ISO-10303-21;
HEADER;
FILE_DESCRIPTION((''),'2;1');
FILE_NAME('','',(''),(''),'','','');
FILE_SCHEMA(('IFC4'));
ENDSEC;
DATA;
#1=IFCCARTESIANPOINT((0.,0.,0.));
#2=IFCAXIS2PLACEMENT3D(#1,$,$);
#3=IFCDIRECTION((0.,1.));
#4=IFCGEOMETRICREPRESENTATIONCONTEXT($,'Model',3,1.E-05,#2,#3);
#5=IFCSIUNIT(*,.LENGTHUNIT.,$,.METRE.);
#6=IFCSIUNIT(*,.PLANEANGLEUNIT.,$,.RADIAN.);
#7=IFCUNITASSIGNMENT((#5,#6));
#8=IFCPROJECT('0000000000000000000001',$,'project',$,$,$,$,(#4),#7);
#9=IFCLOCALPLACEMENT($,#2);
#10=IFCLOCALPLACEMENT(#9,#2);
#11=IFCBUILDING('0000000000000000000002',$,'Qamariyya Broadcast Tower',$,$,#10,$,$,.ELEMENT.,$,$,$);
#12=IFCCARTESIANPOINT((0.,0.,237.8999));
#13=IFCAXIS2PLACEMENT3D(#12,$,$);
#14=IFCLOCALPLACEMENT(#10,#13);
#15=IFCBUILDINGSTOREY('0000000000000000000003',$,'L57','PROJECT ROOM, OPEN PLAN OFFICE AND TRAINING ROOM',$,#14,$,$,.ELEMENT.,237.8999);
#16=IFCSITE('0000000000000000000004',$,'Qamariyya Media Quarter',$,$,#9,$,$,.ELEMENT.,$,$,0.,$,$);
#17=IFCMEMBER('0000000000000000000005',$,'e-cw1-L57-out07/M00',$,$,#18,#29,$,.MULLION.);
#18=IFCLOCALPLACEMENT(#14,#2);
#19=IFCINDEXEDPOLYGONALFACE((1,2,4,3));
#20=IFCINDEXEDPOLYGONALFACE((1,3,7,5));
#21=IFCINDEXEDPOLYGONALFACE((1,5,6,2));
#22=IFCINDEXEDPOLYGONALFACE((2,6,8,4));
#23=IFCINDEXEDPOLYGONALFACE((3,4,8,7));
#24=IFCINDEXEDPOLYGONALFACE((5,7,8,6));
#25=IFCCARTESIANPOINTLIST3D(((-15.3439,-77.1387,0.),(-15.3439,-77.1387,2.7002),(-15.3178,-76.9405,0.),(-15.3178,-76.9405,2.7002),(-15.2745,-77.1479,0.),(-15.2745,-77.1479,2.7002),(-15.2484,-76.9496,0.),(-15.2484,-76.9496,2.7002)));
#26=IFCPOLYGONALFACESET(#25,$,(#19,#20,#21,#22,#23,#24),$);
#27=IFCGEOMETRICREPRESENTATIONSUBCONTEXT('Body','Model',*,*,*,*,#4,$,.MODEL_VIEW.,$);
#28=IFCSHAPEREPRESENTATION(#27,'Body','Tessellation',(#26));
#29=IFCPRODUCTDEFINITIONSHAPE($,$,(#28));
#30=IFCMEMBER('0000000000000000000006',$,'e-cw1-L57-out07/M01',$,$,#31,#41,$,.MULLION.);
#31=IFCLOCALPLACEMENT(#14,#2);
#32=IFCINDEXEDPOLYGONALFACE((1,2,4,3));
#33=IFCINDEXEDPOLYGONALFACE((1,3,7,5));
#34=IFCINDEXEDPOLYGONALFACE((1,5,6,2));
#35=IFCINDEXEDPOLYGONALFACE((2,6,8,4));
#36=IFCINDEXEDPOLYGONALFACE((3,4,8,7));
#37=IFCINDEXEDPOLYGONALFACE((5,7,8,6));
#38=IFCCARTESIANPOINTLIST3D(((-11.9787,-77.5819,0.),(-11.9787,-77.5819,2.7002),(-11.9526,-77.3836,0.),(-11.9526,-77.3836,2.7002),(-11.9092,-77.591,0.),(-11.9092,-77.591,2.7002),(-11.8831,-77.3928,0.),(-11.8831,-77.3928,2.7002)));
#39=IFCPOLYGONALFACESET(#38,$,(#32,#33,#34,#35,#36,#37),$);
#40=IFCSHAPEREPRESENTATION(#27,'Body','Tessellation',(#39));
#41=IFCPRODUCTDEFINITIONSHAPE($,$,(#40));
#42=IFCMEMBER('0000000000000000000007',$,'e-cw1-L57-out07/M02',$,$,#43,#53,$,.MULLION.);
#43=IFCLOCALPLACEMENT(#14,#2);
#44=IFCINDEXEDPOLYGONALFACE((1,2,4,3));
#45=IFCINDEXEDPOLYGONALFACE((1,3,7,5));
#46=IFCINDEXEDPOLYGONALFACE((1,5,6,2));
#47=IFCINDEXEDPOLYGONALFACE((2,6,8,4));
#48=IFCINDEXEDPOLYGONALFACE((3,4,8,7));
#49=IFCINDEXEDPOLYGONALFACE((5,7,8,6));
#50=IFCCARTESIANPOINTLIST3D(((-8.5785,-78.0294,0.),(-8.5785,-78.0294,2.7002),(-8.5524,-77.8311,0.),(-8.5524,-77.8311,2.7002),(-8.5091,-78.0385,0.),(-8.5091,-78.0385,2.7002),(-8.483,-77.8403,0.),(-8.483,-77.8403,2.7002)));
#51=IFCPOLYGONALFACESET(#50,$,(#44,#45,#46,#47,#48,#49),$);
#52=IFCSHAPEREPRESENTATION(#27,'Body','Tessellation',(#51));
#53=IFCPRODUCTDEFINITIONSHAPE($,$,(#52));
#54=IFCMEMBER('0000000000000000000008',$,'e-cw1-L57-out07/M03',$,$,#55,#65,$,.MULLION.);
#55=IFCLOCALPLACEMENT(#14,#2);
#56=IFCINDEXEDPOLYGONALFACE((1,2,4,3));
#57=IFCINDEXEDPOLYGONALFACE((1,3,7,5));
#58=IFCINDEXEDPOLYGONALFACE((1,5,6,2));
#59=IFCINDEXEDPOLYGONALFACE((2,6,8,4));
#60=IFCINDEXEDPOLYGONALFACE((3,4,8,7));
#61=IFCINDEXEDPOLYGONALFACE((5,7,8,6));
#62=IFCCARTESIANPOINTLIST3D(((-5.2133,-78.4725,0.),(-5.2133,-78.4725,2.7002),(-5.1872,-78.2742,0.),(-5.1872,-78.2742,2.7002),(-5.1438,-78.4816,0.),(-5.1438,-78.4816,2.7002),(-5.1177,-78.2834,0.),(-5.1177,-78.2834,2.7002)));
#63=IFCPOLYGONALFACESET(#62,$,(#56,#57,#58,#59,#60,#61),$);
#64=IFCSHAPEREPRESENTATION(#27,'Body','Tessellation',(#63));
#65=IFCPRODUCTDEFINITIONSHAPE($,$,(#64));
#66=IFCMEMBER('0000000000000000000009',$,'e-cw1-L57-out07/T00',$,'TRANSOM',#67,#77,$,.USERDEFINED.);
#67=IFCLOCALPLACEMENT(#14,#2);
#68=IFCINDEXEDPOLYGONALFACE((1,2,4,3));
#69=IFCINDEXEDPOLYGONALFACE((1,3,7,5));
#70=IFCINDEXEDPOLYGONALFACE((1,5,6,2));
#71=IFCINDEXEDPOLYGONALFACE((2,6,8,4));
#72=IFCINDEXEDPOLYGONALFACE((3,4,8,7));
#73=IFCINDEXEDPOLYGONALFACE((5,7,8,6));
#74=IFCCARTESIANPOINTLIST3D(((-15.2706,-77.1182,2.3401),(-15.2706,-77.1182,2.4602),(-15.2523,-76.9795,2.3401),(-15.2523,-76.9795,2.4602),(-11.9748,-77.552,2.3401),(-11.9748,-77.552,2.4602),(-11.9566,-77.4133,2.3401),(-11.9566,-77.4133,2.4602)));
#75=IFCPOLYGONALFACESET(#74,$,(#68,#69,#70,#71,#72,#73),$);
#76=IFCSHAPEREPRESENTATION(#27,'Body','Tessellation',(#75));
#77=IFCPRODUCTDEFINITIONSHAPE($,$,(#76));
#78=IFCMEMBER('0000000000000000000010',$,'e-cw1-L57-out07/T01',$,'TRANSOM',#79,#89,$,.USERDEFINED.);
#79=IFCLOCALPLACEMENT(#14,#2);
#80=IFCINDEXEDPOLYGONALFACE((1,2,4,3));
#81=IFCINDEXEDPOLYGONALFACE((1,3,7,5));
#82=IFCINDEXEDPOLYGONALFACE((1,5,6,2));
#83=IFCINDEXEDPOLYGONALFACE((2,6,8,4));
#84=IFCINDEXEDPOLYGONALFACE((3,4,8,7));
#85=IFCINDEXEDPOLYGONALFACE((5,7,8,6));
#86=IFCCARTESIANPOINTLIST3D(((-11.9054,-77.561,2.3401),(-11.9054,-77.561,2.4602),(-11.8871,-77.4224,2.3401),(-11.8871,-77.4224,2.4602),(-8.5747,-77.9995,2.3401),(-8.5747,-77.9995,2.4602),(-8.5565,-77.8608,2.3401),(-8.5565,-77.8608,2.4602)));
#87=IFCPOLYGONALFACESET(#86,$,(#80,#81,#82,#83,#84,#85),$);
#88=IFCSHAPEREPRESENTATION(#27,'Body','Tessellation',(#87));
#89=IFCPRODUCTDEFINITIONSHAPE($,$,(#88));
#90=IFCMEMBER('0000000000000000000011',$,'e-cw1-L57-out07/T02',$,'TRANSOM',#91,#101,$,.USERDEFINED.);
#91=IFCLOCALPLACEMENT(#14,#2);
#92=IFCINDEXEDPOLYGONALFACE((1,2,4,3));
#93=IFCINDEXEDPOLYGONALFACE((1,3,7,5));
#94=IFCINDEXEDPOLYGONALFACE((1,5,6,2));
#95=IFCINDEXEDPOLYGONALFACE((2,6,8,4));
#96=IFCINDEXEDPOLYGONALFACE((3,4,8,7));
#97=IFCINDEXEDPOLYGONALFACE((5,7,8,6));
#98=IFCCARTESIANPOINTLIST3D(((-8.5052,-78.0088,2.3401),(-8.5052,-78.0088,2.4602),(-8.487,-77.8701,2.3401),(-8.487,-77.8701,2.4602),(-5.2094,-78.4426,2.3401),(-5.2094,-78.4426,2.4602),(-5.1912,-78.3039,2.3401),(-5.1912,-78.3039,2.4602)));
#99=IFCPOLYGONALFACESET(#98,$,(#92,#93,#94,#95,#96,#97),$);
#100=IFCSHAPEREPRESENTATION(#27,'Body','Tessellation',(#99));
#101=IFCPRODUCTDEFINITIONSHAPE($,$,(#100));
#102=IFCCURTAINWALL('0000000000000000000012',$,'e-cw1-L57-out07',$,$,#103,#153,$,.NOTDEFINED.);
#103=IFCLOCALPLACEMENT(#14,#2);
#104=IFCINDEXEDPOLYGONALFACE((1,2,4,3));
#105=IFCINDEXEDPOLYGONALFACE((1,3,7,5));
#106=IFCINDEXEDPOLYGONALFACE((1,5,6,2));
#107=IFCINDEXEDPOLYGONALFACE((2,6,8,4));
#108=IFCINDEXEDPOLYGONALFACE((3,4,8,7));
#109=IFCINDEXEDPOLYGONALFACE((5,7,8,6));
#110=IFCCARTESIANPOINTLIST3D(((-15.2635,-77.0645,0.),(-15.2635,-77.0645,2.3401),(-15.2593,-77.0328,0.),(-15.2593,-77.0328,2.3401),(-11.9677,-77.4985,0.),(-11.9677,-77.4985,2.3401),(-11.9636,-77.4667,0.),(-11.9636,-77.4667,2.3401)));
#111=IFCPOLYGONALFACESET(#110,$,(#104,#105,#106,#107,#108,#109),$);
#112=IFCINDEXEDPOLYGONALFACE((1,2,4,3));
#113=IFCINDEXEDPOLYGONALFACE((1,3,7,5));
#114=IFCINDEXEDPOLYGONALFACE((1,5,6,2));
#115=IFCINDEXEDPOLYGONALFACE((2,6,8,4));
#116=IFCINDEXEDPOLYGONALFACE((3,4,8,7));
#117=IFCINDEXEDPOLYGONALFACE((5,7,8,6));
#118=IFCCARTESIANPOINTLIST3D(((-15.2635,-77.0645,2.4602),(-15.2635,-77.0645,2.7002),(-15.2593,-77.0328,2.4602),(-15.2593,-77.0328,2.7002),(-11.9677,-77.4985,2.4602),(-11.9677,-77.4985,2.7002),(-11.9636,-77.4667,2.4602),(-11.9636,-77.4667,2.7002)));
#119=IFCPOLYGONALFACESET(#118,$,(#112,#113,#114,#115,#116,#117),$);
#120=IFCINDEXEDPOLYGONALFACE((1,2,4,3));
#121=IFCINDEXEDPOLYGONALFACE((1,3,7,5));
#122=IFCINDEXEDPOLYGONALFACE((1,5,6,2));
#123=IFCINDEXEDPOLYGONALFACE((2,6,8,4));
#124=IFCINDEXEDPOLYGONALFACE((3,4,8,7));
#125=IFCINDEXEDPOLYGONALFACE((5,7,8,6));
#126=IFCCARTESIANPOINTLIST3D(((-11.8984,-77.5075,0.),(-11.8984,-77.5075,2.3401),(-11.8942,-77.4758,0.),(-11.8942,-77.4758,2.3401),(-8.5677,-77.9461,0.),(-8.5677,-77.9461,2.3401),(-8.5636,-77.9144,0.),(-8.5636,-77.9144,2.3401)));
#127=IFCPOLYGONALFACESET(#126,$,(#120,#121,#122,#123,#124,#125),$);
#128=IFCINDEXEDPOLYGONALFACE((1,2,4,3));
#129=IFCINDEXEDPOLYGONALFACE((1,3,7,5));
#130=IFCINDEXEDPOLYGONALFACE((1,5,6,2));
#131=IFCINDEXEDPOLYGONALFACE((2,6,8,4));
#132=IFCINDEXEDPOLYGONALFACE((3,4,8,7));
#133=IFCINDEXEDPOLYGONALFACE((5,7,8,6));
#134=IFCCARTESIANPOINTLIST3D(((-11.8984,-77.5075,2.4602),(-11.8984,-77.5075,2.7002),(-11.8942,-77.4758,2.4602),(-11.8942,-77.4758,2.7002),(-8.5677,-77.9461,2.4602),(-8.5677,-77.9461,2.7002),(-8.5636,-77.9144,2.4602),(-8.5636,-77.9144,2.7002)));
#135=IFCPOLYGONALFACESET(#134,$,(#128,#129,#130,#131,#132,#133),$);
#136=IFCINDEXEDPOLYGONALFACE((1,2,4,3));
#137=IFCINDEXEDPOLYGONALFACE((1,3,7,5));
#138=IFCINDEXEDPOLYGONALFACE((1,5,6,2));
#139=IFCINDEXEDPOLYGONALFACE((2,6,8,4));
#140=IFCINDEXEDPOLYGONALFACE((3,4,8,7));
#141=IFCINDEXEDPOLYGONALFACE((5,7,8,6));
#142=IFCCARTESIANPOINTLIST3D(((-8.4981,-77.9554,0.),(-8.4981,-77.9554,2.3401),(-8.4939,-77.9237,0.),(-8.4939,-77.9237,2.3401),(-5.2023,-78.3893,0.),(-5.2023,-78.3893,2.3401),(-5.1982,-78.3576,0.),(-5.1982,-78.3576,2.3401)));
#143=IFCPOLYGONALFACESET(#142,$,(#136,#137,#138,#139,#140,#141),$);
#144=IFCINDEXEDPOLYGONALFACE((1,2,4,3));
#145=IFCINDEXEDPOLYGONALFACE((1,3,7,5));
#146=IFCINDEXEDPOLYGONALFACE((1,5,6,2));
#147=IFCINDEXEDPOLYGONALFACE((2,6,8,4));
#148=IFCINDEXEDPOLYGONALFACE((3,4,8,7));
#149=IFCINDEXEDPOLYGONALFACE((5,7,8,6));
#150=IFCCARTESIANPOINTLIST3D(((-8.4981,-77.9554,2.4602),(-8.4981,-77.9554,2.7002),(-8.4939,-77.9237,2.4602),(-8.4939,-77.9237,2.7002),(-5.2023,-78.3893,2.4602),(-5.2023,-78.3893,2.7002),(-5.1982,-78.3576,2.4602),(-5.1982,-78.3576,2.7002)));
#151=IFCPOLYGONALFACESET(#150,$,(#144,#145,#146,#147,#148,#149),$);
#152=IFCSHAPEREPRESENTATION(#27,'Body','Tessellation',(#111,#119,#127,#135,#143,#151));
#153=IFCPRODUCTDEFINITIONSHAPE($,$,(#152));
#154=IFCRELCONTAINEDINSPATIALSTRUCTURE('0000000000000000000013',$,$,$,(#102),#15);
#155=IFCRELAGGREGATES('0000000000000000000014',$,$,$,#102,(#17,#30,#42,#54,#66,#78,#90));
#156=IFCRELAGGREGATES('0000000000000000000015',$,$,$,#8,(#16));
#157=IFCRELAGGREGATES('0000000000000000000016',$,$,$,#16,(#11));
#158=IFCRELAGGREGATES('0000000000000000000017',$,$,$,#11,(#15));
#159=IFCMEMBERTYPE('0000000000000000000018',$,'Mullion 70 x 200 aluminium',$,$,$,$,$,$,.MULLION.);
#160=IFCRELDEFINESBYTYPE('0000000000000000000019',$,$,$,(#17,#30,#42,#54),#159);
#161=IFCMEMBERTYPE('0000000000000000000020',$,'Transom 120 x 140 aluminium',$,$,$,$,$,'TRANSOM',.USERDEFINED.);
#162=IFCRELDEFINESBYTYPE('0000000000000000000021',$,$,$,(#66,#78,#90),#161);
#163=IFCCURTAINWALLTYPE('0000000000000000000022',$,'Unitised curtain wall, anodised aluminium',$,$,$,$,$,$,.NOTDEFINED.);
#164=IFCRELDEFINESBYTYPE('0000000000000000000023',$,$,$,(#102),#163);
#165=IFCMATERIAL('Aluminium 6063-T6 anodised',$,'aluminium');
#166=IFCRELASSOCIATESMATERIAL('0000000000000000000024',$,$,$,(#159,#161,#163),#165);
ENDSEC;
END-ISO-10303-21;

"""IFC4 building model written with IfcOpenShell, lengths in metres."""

from ifc_helpers import new_model, si_unit, direction, frame, origin, origin_2d, place, context, subcontext, project, spatial, rectangle, extrude, material, material_profile, profile_set, type_object, element, aggregate, save


model = new_model("IFC4")

# Units and contexts
model_context = context("Model", 3, precision=1e-05, world=origin(), true_north=direction((0.0, 1.0)))
body_context = subcontext(model_context, "Body", "Model", "MODEL_VIEW")
ifc_project = project(units=[si_unit("LENGTHUNIT", "METRE"), si_unit("PLANEANGLEUNIT", "RADIAN")], contexts=[model_context])

# Members
ifc_material = material(Name="Aluminium 6063-T6 anodised", Category="aluminium")
ifc_material_profile_1 = material_profile(ifc_material, rectangle(XDim=0.2, YDim=0.0701, at=origin_2d()))
ifc_profile_set_1 = profile_set([ifc_material_profile_1], Name="Aluminium 6063-T6 anodised")
member_type_1 = type_object("IfcMemberType", Name="Mullion 70 x 200 aluminium", PredefinedType="MULLION", material=ifc_profile_set_1)
site_placement = place(None, origin())
building_placement = place(site_placement, origin())
storey_placement = place(building_placement, frame((0.0, 0.0, 237.8999)))
member_1_placement = place(storey_placement, frame((-15.2961, -77.0442, 0.0), z_axis=(0.0, 0.0, 1.0), x_axis=(0.130526, 0.991445, 0.0)))
member_1 = element("IfcMember", 1, at=member_1_placement, type_object=member_type_1, Name="e-cw1-L57-out07/M00", PredefinedType="MULLION", context=body_context, shape_type="SweptSolid", body=[
    extrude(rectangle(XDim=0.2, YDim=0.0701, at=origin_2d()), origin(), (0.0, 0.0, 1.0), 2.7002),
])
member_2_placement = place(storey_placement, frame((-11.9309, -77.4873, 0.0), z_axis=(0.0, 0.0, 1.0), x_axis=(0.130526, 0.991445, 0.0)))
member_2 = element("IfcMember", 2, at=member_2_placement, type_object=member_type_1, Name="e-cw1-L57-out07/M01", PredefinedType="MULLION", context=body_context, shape_type="SweptSolid", body=[
    extrude(rectangle(XDim=0.2, YDim=0.0701, at=origin_2d()), origin(), (0.0, 0.0, 1.0), 2.7002),
])
member_3_placement = place(storey_placement, frame((-8.5308, -77.9348, 0.0), z_axis=(0.0, 0.0, 1.0), x_axis=(0.130526, 0.991445, 0.0)))
member_3 = element("IfcMember", 3, at=member_3_placement, type_object=member_type_1, Name="e-cw1-L57-out07/M02", PredefinedType="MULLION", context=body_context, shape_type="SweptSolid", body=[
    extrude(rectangle(XDim=0.2, YDim=0.0701, at=origin_2d()), origin(), (0.0, 0.0, 1.0), 2.7002),
])
member_4_placement = place(storey_placement, frame((-5.1655, -78.3779, 0.0), z_axis=(0.0, 0.0, 1.0), x_axis=(0.130526, 0.991445, 0.0)))
member_4 = element("IfcMember", 4, at=member_4_placement, type_object=member_type_1, Name="e-cw1-L57-out07/M03", PredefinedType="MULLION", context=body_context, shape_type="SweptSolid", body=[
    extrude(rectangle(XDim=0.2, YDim=0.0701, at=origin_2d()), origin(), (0.0, 0.0, 1.0), 2.7002),
])
ifc_material_profile_2 = material_profile(ifc_material, rectangle(XDim=0.1399, YDim=0.1201, at=origin_2d()))
ifc_profile_set_2 = profile_set([ifc_material_profile_2], Name="Aluminium 6063-T6 anodised")
member_type_2 = type_object("IfcMemberType", Name="Transom 120 x 140 aluminium", ElementType="TRANSOM", PredefinedType="USERDEFINED", material=ifc_profile_set_2)
member_5_placement = place(storey_placement, frame((-15.2615, -77.0488, 2.4001), z_axis=(0.991448, -0.130504, 0.0), x_axis=(0.130504, 0.991448, 0.0)))
member_5 = element("IfcMember", 5, at=member_5_placement, type_object=member_type_2, Name="e-cw1-L57-out07/T00", ObjectType="TRANSOM", PredefinedType="USERDEFINED", context=body_context, shape_type="SweptSolid", body=[
    extrude(rectangle(XDim=0.1399, YDim=0.1201, at=origin_2d()), origin(), (0.0, 0.0, 1.0), 3.3242),
])
member_6_placement = place(storey_placement, frame((-11.8962, -77.4917, 2.4001), z_axis=(0.991445, -0.130526, 0.0), x_axis=(0.130526, 0.991445, 0.0)))
member_6 = element("IfcMember", 6, at=member_6_placement, type_object=member_type_2, Name="e-cw1-L57-out07/T01", ObjectType="TRANSOM", PredefinedType="USERDEFINED", context=body_context, shape_type="SweptSolid", body=[
    extrude(rectangle(XDim=0.1399, YDim=0.1201, at=origin_2d()), origin(), (0.0, 0.0, 1.0), 3.3594),
])
member_7_placement = place(storey_placement, frame((-8.4961, -77.9395, 2.4001), z_axis=(0.991448, -0.130504, 0.0), x_axis=(0.130504, 0.991448, 0.0)))
member_7 = element("IfcMember", 7, at=member_7_placement, type_object=member_type_2, Name="e-cw1-L57-out07/T02", ObjectType="TRANSOM", PredefinedType="USERDEFINED", context=body_context, shape_type="SweptSolid", body=[
    extrude(rectangle(XDim=0.1399, YDim=0.1201, at=origin_2d()), origin(), (0.0, 0.0, 1.0), 3.3242),
])

# Site, building, storey
site = spatial("IfcSite", under=ifc_project, at=site_placement, Name="Qamariyya Media Quarter", CompositionType="ELEMENT", RefElevation=0.0)
building = spatial("IfcBuilding", under=site, at=building_placement, Name="Qamariyya Broadcast Tower", CompositionType="ELEMENT")
storey = spatial("IfcBuildingStorey", under=building, at=storey_placement, Name="L57", Description="PROJECT ROOM, OPEN PLAN OFFICE AND TRAINING ROOM", CompositionType="ELEMENT", Elevation=237.8999)

# Curtain wall
curtain_wall_type = type_object("IfcCurtainWallType", Name="Unitised curtain wall, anodised aluminium", PredefinedType="NOTDEFINED", material=ifc_material)
curtain_wall_1_placement = place(storey_placement, origin())
curtain_wall_1 = element("IfcCurtainWall", 8, at=curtain_wall_1_placement, inside=storey, type_object=curtain_wall_type, Name="e-cw1-L57-out07", PredefinedType="NOTDEFINED", context=body_context, shape_type="SweptSolid", body=[
    extrude(rectangle(XDim=3.3242, YDim=0.032, at=origin_2d()), frame((-13.6135, -77.2656, 0.0), x_axis=(0.991443, -0.130542, 0.0)), (0.0, 0.0, 1.0), 2.3401),
    extrude(rectangle(XDim=3.3242, YDim=0.032, at=origin_2d()), frame((-13.6135, -77.2656, 2.4602), x_axis=(0.991443, -0.130542, 0.0)), (0.0, 0.0, 1.0), 0.24),
    extrude(rectangle(XDim=3.3594, YDim=0.032, at=origin_2d()), frame((-10.231, -77.7109, 0.0), x_axis=(0.991443, -0.130542, 0.0)), (0.0, 0.0, 1.0), 2.3401),
    extrude(rectangle(XDim=3.3594, YDim=0.032, at=origin_2d()), frame((-10.231, -77.7109, 2.4602), x_axis=(0.991443, -0.130542, 0.0)), (0.0, 0.0, 1.0), 0.24),
    extrude(rectangle(XDim=3.3242, YDim=0.032, at=origin_2d()), frame((-6.8481, -78.1565, 0.0), x_axis=(0.991443, -0.130542, 0.0)), (0.0, 0.0, 1.0), 2.3401),
    extrude(rectangle(XDim=3.3242, YDim=0.032, at=origin_2d()), frame((-6.8481, -78.1565, 2.4602), x_axis=(0.991443, -0.130542, 0.0)), (0.0, 0.0, 1.0), 0.24),
])
aggregate(curtain_wall_1, [member_1, member_2, member_3, member_4, member_5, member_6, member_7])

save(model, "model.ifc")
